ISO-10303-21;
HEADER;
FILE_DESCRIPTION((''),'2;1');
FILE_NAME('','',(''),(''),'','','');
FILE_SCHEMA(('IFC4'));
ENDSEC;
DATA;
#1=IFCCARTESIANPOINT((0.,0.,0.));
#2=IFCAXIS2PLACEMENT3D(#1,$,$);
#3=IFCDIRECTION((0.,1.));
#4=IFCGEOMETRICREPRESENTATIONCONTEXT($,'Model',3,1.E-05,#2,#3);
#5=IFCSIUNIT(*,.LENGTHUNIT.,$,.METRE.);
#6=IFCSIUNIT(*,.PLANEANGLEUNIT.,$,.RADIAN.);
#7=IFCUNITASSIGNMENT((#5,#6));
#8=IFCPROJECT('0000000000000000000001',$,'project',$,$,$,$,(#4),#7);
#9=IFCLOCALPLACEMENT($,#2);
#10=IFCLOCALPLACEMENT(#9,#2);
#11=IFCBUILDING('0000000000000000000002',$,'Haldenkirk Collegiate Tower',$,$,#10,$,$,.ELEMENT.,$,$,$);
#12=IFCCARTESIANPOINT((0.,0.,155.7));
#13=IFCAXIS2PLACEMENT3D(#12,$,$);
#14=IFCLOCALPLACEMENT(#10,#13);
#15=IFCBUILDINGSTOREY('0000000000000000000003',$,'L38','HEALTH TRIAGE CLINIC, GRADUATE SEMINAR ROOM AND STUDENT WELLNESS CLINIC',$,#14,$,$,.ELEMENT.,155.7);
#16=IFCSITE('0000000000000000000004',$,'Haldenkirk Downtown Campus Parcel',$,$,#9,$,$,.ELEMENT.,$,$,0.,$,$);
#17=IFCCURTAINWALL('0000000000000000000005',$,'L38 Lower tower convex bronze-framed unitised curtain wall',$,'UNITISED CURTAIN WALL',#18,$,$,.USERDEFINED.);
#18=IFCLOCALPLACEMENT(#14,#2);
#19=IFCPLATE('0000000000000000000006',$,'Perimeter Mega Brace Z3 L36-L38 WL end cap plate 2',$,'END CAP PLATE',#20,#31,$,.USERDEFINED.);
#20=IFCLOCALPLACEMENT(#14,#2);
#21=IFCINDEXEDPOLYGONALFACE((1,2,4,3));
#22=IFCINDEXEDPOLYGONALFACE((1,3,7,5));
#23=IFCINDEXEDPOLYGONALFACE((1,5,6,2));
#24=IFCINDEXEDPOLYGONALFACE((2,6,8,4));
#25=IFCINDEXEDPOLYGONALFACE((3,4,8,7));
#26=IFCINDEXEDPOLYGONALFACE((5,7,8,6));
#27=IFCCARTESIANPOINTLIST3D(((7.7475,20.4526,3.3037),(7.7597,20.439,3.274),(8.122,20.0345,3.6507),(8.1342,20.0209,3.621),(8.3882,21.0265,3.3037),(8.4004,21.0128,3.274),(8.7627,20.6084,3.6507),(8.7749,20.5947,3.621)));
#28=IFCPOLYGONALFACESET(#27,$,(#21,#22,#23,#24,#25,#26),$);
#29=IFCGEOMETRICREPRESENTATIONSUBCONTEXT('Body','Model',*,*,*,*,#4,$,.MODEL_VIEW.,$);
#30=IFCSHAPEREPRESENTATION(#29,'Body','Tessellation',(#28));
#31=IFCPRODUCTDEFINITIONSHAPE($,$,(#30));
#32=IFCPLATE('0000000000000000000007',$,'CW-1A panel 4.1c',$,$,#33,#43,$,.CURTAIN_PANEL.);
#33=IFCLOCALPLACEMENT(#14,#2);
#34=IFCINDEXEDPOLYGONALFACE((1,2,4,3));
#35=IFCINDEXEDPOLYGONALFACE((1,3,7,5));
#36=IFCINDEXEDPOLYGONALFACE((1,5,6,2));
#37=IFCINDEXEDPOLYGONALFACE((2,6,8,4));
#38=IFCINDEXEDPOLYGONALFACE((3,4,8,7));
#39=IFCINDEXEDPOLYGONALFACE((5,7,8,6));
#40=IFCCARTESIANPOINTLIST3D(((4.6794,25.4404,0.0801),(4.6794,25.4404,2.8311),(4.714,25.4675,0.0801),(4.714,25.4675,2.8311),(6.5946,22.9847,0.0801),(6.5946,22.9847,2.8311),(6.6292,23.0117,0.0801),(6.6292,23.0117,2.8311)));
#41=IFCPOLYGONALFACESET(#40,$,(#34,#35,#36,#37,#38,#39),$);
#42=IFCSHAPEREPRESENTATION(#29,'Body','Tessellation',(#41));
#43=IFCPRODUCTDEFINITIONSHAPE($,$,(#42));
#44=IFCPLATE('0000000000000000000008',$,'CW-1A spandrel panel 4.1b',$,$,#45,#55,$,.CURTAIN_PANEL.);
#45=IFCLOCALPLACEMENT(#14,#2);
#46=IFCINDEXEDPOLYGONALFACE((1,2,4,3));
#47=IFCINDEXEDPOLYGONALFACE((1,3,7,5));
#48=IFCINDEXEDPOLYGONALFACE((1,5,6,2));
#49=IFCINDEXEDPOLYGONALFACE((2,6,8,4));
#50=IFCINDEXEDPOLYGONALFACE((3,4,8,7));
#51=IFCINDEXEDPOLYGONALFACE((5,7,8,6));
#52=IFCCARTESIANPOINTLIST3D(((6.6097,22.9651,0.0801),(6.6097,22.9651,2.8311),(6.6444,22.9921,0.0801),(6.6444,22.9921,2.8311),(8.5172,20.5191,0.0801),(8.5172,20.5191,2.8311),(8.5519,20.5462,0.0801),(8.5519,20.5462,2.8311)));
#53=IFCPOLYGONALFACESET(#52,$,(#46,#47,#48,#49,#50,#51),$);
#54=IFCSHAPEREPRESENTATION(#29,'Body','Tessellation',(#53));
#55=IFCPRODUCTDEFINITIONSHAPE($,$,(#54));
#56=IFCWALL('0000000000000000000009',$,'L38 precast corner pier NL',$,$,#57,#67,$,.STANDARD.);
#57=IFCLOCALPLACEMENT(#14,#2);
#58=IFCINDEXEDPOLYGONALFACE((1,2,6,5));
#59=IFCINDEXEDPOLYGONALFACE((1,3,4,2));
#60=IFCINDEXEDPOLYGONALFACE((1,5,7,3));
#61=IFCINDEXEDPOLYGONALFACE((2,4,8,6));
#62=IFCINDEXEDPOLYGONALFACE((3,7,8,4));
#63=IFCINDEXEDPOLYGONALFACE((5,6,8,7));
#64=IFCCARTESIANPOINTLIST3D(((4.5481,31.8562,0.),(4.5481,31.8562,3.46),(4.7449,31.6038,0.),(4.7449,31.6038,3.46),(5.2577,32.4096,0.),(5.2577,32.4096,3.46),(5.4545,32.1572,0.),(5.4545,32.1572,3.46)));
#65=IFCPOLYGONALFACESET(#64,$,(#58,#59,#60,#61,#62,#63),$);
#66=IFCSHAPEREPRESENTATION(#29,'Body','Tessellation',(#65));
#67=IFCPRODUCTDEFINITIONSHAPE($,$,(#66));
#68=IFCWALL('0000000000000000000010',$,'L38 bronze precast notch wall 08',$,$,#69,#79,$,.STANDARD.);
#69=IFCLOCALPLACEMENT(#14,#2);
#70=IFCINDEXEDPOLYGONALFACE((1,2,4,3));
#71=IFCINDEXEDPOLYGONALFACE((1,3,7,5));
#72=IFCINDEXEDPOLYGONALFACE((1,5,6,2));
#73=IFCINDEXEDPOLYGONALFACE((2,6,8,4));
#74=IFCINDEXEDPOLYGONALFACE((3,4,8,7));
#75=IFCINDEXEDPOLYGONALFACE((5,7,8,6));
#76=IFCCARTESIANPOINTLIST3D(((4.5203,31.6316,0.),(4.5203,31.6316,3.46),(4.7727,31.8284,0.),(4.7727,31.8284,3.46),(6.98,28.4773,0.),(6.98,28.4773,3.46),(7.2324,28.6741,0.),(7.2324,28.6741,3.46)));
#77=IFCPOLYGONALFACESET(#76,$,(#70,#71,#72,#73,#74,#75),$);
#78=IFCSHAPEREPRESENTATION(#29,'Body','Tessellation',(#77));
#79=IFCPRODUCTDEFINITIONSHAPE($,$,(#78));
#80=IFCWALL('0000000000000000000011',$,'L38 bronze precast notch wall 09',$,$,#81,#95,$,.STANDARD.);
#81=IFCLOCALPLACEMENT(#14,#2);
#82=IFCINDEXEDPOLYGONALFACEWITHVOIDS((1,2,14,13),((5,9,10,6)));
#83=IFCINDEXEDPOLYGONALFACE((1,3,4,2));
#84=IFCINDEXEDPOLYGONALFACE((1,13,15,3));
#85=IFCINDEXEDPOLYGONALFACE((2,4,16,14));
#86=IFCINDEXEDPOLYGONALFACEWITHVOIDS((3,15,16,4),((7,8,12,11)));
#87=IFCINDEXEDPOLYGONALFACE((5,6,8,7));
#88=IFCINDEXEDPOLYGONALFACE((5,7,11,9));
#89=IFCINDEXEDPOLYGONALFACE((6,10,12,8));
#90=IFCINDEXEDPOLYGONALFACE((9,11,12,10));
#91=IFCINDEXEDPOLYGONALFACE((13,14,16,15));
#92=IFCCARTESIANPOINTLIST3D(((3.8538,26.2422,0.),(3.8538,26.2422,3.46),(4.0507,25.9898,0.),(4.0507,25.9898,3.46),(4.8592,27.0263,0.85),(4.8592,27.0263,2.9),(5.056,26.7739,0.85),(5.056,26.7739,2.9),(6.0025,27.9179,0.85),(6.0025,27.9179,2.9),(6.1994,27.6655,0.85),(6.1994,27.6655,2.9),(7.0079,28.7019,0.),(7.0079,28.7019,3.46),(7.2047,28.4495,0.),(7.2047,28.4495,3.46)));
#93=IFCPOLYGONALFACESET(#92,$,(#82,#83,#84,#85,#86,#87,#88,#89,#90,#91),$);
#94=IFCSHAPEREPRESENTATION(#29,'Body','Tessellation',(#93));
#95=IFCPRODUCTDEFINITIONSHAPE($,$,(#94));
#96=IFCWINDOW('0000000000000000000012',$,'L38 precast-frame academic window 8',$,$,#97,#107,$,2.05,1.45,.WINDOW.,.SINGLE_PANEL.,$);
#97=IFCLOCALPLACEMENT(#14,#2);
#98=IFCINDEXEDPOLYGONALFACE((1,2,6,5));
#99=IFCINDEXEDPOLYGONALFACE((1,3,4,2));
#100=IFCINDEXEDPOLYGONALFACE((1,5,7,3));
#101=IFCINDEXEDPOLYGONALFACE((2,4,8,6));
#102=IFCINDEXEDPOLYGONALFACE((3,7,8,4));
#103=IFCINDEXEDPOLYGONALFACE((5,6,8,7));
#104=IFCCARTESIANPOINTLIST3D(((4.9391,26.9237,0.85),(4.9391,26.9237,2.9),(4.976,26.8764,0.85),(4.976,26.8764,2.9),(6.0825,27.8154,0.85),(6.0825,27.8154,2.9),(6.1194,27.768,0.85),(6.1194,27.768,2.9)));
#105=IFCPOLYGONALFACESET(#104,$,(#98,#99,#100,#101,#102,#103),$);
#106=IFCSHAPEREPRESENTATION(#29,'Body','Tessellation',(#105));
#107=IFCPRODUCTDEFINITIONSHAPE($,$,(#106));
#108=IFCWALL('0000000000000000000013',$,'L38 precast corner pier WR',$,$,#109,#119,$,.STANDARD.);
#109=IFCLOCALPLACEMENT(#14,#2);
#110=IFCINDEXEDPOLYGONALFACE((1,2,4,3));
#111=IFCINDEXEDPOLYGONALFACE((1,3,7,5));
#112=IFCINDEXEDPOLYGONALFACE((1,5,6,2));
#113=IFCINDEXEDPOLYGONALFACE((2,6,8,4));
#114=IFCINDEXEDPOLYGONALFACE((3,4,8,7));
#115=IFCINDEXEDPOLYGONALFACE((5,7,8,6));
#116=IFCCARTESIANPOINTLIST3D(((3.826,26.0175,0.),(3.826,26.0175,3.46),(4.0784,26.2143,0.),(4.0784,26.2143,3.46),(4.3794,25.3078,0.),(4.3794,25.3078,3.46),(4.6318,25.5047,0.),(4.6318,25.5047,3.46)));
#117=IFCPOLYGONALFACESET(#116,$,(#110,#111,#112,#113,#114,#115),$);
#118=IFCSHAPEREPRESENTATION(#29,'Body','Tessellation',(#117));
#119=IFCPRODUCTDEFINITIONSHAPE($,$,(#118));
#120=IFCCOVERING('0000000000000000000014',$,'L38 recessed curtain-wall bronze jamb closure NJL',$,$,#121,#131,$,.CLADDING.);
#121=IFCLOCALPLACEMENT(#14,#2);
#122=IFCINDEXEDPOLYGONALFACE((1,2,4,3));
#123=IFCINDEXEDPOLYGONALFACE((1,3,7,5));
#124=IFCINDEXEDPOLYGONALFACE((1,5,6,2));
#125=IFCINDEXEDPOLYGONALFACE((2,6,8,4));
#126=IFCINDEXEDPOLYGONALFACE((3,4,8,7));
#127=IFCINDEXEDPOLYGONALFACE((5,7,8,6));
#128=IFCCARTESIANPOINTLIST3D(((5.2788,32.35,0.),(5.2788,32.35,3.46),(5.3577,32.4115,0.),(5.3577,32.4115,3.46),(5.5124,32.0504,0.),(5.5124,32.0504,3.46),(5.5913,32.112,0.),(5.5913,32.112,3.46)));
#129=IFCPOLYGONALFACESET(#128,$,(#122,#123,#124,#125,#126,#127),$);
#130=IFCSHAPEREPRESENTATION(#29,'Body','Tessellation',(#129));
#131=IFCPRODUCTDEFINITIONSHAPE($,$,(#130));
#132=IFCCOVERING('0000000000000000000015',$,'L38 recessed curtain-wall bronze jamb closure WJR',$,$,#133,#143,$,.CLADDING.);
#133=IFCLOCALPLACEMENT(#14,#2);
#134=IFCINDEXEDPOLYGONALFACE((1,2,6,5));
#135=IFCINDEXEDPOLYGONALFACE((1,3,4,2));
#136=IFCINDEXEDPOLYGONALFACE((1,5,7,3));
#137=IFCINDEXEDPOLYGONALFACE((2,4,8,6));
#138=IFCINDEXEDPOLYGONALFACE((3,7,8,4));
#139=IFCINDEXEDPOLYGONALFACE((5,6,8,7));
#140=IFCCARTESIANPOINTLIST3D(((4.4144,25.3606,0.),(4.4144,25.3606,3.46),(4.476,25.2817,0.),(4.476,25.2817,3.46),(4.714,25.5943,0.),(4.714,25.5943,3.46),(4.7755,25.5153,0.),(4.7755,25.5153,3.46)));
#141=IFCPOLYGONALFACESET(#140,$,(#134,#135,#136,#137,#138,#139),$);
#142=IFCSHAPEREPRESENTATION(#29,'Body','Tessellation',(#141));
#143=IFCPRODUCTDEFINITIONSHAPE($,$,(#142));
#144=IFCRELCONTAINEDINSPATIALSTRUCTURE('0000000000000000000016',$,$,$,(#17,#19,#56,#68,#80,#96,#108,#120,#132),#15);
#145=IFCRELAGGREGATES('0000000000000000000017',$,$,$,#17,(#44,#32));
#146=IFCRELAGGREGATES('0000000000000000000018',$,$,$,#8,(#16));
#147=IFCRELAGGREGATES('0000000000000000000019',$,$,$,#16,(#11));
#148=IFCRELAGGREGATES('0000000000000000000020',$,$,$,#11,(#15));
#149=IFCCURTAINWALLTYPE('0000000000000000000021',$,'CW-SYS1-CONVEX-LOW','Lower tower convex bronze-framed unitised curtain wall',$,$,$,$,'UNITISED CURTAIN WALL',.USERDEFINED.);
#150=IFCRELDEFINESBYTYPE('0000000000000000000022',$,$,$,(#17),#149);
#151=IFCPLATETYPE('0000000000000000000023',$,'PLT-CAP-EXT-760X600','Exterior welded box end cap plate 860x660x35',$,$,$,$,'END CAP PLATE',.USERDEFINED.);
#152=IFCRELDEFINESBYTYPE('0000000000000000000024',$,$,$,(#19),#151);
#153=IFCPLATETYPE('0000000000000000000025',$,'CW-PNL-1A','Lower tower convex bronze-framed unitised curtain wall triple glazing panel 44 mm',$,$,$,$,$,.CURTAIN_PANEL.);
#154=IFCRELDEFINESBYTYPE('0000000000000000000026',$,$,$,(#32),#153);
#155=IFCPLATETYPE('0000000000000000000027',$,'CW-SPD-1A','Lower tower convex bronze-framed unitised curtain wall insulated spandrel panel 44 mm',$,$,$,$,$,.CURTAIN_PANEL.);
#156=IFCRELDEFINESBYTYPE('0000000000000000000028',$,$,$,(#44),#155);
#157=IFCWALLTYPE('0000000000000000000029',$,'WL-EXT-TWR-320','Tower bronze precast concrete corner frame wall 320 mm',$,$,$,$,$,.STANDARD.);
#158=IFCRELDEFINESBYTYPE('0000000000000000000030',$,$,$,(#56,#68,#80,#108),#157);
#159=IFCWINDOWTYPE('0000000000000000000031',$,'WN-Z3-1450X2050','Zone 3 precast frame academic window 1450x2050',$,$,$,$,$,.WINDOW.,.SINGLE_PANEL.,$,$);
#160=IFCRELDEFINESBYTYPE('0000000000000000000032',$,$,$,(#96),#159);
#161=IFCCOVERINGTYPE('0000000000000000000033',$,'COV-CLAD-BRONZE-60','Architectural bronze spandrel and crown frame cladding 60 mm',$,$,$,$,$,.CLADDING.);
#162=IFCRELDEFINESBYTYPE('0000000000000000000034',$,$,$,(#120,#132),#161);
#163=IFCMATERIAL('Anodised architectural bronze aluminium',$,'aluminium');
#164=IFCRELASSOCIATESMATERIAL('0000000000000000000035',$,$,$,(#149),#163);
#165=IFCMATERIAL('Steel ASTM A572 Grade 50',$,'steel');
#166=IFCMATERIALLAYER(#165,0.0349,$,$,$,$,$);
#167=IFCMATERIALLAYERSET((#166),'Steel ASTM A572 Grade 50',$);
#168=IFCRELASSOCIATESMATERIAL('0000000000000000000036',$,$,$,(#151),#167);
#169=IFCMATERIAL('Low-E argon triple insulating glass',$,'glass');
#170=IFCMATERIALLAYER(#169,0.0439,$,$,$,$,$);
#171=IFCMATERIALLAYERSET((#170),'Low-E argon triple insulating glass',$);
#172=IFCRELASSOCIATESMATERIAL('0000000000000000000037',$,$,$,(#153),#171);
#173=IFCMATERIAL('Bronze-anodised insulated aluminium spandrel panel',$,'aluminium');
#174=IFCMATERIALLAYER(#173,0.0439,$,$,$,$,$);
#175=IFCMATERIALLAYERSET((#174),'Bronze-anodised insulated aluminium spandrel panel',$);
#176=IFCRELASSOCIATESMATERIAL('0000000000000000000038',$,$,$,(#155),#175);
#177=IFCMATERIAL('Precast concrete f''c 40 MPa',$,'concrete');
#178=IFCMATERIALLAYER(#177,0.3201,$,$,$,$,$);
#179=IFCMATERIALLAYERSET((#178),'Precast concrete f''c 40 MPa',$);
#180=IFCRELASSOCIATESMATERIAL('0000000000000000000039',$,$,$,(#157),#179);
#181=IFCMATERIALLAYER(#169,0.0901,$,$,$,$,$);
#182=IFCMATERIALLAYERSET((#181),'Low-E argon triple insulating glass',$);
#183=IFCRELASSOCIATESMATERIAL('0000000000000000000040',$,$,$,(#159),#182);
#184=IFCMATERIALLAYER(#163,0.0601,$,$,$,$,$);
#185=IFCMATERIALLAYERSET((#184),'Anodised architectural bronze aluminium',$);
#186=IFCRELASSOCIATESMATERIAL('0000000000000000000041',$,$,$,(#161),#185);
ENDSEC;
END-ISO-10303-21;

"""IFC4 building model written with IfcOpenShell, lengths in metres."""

from ifc_helpers import new_model, si_unit, direction, frame, frame_2d, origin, origin_2d, place, context, subcontext, project, spatial, rectangle, extrude, source, transform, mapped, material, layer, layer_set, type_object, element, fill, aggregate, save


model = new_model("IFC4")

# Units and contexts
model_context = context("Model", 3, precision=1e-05, world=origin(), true_north=direction((0.0, 1.0)))
body_context = subcontext(model_context, "Body", "Model", "MODEL_VIEW")
ifc_project = project(units=[si_unit("LENGTHUNIT", "METRE"), si_unit("PLANEANGLEUNIT", "RADIAN")], contexts=[model_context])

# Site, building, storey
site_placement = place(None, origin())
site = spatial("IfcSite", under=ifc_project, at=site_placement, Name="Haldenkirk Downtown Campus Parcel", CompositionType="ELEMENT", RefElevation=0.0)
building_placement = place(site_placement, origin())
building = spatial("IfcBuilding", under=site, at=building_placement, Name="Haldenkirk Collegiate Tower", CompositionType="ELEMENT")
storey_placement = place(building_placement, frame((0.0, 0.0, 155.7)))
storey = spatial("IfcBuildingStorey", under=building, at=storey_placement, Name="L38", Description="HEALTH TRIAGE CLINIC, GRADUATE SEMINAR ROOM AND STUDENT WELLNESS CLINIC", CompositionType="ELEMENT", Elevation=155.7)

# Shared definitions
ifc_material_1 = material(Name="Steel ASTM A572 Grade 50", Category="steel")

# Curtain wall
ifc_material_2 = material(Name="Anodised architectural bronze aluminium", Category="aluminium")
curtain_wall_type = type_object("IfcCurtainWallType", Name="CW-SYS1-CONVEX-LOW", Description="Lower tower convex bronze-framed unitised curtain wall", ElementType="UNITISED CURTAIN WALL", PredefinedType="USERDEFINED", material=ifc_material_2)
curtain_wall_1_placement = place(storey_placement, origin())
curtain_wall_1 = element("IfcCurtainWall", 1, at=curtain_wall_1_placement, inside=storey, type_object=curtain_wall_type, Name="L38 Lower tower convex bronze-framed unitised curtain wall", ObjectType="UNITISED CURTAIN WALL", PredefinedType="USERDEFINED")

# Plates
ifc_layer_1 = layer(ifc_material_1, 0.0349)
ifc_layer_set_1 = layer_set([ifc_layer_1], Name="Steel ASTM A572 Grade 50")
plate_type_1 = type_object("IfcPlateType", Name="PLT-CAP-EXT-760X600", Description="Exterior welded box end cap plate 860x660x35", ElementType="END CAP PLATE", PredefinedType="USERDEFINED", material=ifc_layer_set_1)
shared_shape_1 = source(origin(), body_context, "Body", "SweptSolid", [
    extrude(rectangle(XDim=0.8601, YDim=0.6599, at=origin_2d()), origin(), (0.0, 0.0, 1.0), 0.0349),
])
plate_1_placement = place(storey_placement, frame((8.2673, 20.5168, 3.4475), z_axis=(-0.350861, 0.391725, 0.850558), x_axis=(-0.744892, -0.667185, 0.0)))
element("IfcPlate", 2, at=plate_1_placement, inside=storey, type_object=plate_type_1, Name="Perimeter Mega Brace Z3 L36-L38 WL end cap plate 2", ObjectType="END CAP PLATE", PredefinedType="USERDEFINED", context=body_context, shape_type="MappedRepresentation", body=[
    mapped(shared_shape_1, transform((0.0, 0.0, 0.0), x_axis=(1.0, 0.0, 0.0), y_axis=(0.0, 1.0, 0.0), z_axis=(0.0, 0.0, 1.0), scale=1.0)),
])
ifc_material_3 = material(Name="Low-E argon triple insulating glass", Category="glass")
ifc_layer_2 = layer(ifc_material_3, 0.0439)
ifc_layer_set_2 = layer_set([ifc_layer_2], Name="Low-E argon triple insulating glass")
plate_type_2 = type_object("IfcPlateType", Name="CW-PNL-1A", Description="Lower tower convex bronze-framed unitised curtain wall triple glazing panel 44 mm", PredefinedType="CURTAIN_PANEL", material=ifc_layer_set_2)
shared_shape_2 = source(origin(), body_context, "Body", "SweptSolid", [
    extrude(rectangle(XDim=3.1143, YDim=0.0439, at=origin_2d()), origin(), (0.0, 0.0, 1.0), 2.751),
])
plate_2_placement = place(storey_placement, frame((5.6543, 24.2261, 0.0801), z_axis=(0.0, 0.0, 1.0), x_axis=(-0.614974, 0.788548, 0.0)))
plate_2 = element("IfcPlate", 3, at=plate_2_placement, type_object=plate_type_2, Name="CW-1A panel 4.1c", PredefinedType="CURTAIN_PANEL", context=body_context, shape_type="MappedRepresentation", body=[
    mapped(shared_shape_2, transform((0.0, 0.0, 0.0), x_axis=(1.0, 0.0, 0.0), y_axis=(0.0, 1.0, 0.0), z_axis=(0.0, 0.0, 1.0), scale=1.0)),
])
ifc_material_4 = material(Name="Bronze-anodised insulated aluminium spandrel panel", Category="aluminium")
ifc_layer_3 = layer(ifc_material_4, 0.0439)
ifc_layer_set_3 = layer_set([ifc_layer_3], Name="Bronze-anodised insulated aluminium spandrel panel")
plate_type_3 = type_object("IfcPlateType", Name="CW-SPD-1A", Description="Lower tower convex bronze-framed unitised curtain wall insulated spandrel panel 44 mm", PredefinedType="CURTAIN_PANEL", material=ifc_layer_set_3)
shared_shape_3 = source(origin(), body_context, "Body", "SweptSolid", [
    extrude(rectangle(XDim=3.1018, YDim=0.0439, at=origin_2d()), origin(), (0.0, 0.0, 1.0), 2.751),
])
plate_3_placement = place(storey_placement, frame((7.5808, 21.7556, 0.0801), z_axis=(0.0, 0.0, 1.0), x_axis=(-0.614974, 0.788548, 0.0)))
plate_3 = element("IfcPlate", 4, at=plate_3_placement, type_object=plate_type_3, Name="CW-1A spandrel panel 4.1b", PredefinedType="CURTAIN_PANEL", context=body_context, shape_type="MappedRepresentation", body=[
    mapped(shared_shape_3, transform((0.0, 0.0, 0.0), x_axis=(1.0, 0.0, 0.0), y_axis=(0.0, 1.0, 0.0), z_axis=(0.0, 0.0, 1.0), scale=1.0)),
])
aggregate(curtain_wall_1, [plate_3, plate_2])

# Walls
ifc_material_5 = material(Name="Precast concrete f'c 40 MPa", Category="concrete")
ifc_layer_4 = layer(ifc_material_5, 0.3201)
ifc_layer_set_4 = layer_set([ifc_layer_4], Name="Precast concrete f'c 40 MPa")
wall_type = type_object("IfcWallType", Name="WL-EXT-TWR-320", Description="Tower bronze precast concrete corner frame wall 320 mm", PredefinedType="STANDARD", material=ifc_layer_set_4)
wall_1_placement = place(storey_placement, frame((4.6465, 31.73, 0.0), z_axis=(0.0, 0.0, 1.0), x_axis=(0.788563, 0.614954, 0.0)))
element("IfcWall", 5, at=wall_1_placement, inside=storey, type_object=wall_type, Name="L38 precast corner pier NL", PredefinedType="STANDARD", context=body_context, shape_type="SweptSolid", body=[
    extrude(rectangle(XDim=0.8999, YDim=0.3201, at=frame_2d((0.45, 0.0))), origin(), (0.0, 0.0, 1.0), 3.46),
])
wall_2_placement = place(storey_placement, frame((7.1062, 28.5757, 0.0), z_axis=(0.0, 0.0, 1.0), x_axis=(-0.614933, 0.788579, 0.0)))
element("IfcWall", 6, at=wall_2_placement, inside=storey, type_object=wall_type, Name="L38 bronze precast notch wall 08", PredefinedType="STANDARD", context=body_context, shape_type="SweptSolid", body=[
    extrude(rectangle(XDim=4.0, YDim=0.3201, at=frame_2d((2.0, 0.0))), origin(), (0.0, 0.0, 1.0), 3.46),
])

# Wall, opening, window
wall_3_placement = place(storey_placement, frame((3.9521, 26.116, 0.0), z_axis=(0.0, 0.0, 1.0), x_axis=(0.788556, 0.614963, 0.0)))
wall_3 = element("IfcWall", 7, at=wall_3_placement, inside=storey, type_object=wall_type, Name="L38 bronze precast notch wall 09", PredefinedType="STANDARD", context=body_context, shape_type="SweptSolid", body=[
    extrude(rectangle(XDim=3.9998, YDim=0.3201, at=frame_2d((2.0, 0.0))), origin(), (0.0, 0.0, 1.0), 3.46),
])
opening_placement = place(wall_3_placement, frame((1.2749, 0.0, 0.8501)))
opening = element("IfcOpeningElement", 8, at=opening_placement, cuts=wall_3, PredefinedType="OPENING", context=body_context, shape_type="SweptSolid", body=[
    extrude(rectangle(XDim=1.45, YDim=2.05, at=frame_2d((0.7251, 1.0249))), frame((0.0, 0.1699, 0.0), z_axis=(0.0, -1.0, 0.0), x_axis=(1.0, 0.0, 0.0)), (0.0, 0.0, 1.0), 0.3401),
])
ifc_layer_5 = layer(ifc_material_3, 0.0901)
ifc_layer_set_5 = layer_set([ifc_layer_5], Name="Low-E argon triple insulating glass")
window_type = type_object("IfcWindowType", Name="WN-Z3-1450X2050", Description="Zone 3 precast frame academic window 1450x2050", PartitioningType="SINGLE_PANEL", PredefinedType="WINDOW", material=ifc_layer_set_5)
window_placement = place(opening_placement, origin())
window = element("IfcWindow", 9, at=window_placement, inside=storey, type_object=window_type, Name="L38 precast-frame academic window 8", OverallHeight=2.05, OverallWidth=1.45, PartitioningType="SINGLE_PANEL", PredefinedType="WINDOW", context=body_context, shape_type="SweptSolid", body=[
    extrude(rectangle(XDim=1.45, YDim=2.05, at=frame_2d((0.7251, 1.0249))), frame((0.0, 0.03, 0.0), z_axis=(0.0, -1.0, 0.0), x_axis=(1.0, 0.0, 0.0)), (0.0, 0.0, 1.0), 0.0601),
])
fill(opening, window)

# Wall
wall_4_placement = place(storey_placement, frame((4.5056, 25.4062, 0.0), z_axis=(0.0, 0.0, 1.0), x_axis=(-0.614954, 0.788563, 0.0)))
element("IfcWall", 10, at=wall_4_placement, inside=storey, type_object=wall_type, Name="L38 precast corner pier WR", PredefinedType="STANDARD", context=body_context, shape_type="SweptSolid", body=[
    extrude(rectangle(XDim=0.8999, YDim=0.3201, at=frame_2d((0.45, 0.0))), origin(), (0.0, 0.0, 1.0), 3.46),
])

# Coverings
ifc_layer_6 = layer(ifc_material_2, 0.0601)
ifc_layer_set_6 = layer_set([ifc_layer_6], Name="Anodised architectural bronze aluminium")
covering_type = type_object("IfcCoveringType", Name="COV-CLAD-BRONZE-60", Description="Architectural bronze spandrel and crown frame cladding 60 mm", PredefinedType="CLADDING", material=ifc_layer_set_6)
shared_shape_4 = source(origin(), body_context, "Body", "SweptSolid", [
    extrude(rectangle(XDim=0.1001, YDim=0.3799, at=origin_2d()), origin(), (0.0, 0.0, 1.0), 3.46),
])
for number, where, z_axis, x_axis, name in (
    (11, (5.4351, 32.231, 0.0), (0.0, 0.0, 1.0), (0.788548, 0.614974, 0.0), "L38 recessed curtain-wall bronze jamb closure NJL"),
    (12, (4.595, 25.438, 0.0), (0.0, 0.0, 1.0), (-0.614974, 0.788548, 0.0), "L38 recessed curtain-wall bronze jamb closure WJR"),
):
    element("IfcCovering", number, at=place(storey_placement, frame(where, z_axis=z_axis, x_axis=x_axis)), inside=storey, type_object=covering_type, Name=name, PredefinedType="CLADDING", context=body_context, shape_type="MappedRepresentation", body=[
        mapped(shared_shape_4, transform((0.0, 0.0, 0.0), x_axis=(1.0, 0.0, 0.0), y_axis=(0.0, 1.0, 0.0), z_axis=(0.0, 0.0, 1.0), scale=1.0)),
    ])

save(model, "model.ifc")
